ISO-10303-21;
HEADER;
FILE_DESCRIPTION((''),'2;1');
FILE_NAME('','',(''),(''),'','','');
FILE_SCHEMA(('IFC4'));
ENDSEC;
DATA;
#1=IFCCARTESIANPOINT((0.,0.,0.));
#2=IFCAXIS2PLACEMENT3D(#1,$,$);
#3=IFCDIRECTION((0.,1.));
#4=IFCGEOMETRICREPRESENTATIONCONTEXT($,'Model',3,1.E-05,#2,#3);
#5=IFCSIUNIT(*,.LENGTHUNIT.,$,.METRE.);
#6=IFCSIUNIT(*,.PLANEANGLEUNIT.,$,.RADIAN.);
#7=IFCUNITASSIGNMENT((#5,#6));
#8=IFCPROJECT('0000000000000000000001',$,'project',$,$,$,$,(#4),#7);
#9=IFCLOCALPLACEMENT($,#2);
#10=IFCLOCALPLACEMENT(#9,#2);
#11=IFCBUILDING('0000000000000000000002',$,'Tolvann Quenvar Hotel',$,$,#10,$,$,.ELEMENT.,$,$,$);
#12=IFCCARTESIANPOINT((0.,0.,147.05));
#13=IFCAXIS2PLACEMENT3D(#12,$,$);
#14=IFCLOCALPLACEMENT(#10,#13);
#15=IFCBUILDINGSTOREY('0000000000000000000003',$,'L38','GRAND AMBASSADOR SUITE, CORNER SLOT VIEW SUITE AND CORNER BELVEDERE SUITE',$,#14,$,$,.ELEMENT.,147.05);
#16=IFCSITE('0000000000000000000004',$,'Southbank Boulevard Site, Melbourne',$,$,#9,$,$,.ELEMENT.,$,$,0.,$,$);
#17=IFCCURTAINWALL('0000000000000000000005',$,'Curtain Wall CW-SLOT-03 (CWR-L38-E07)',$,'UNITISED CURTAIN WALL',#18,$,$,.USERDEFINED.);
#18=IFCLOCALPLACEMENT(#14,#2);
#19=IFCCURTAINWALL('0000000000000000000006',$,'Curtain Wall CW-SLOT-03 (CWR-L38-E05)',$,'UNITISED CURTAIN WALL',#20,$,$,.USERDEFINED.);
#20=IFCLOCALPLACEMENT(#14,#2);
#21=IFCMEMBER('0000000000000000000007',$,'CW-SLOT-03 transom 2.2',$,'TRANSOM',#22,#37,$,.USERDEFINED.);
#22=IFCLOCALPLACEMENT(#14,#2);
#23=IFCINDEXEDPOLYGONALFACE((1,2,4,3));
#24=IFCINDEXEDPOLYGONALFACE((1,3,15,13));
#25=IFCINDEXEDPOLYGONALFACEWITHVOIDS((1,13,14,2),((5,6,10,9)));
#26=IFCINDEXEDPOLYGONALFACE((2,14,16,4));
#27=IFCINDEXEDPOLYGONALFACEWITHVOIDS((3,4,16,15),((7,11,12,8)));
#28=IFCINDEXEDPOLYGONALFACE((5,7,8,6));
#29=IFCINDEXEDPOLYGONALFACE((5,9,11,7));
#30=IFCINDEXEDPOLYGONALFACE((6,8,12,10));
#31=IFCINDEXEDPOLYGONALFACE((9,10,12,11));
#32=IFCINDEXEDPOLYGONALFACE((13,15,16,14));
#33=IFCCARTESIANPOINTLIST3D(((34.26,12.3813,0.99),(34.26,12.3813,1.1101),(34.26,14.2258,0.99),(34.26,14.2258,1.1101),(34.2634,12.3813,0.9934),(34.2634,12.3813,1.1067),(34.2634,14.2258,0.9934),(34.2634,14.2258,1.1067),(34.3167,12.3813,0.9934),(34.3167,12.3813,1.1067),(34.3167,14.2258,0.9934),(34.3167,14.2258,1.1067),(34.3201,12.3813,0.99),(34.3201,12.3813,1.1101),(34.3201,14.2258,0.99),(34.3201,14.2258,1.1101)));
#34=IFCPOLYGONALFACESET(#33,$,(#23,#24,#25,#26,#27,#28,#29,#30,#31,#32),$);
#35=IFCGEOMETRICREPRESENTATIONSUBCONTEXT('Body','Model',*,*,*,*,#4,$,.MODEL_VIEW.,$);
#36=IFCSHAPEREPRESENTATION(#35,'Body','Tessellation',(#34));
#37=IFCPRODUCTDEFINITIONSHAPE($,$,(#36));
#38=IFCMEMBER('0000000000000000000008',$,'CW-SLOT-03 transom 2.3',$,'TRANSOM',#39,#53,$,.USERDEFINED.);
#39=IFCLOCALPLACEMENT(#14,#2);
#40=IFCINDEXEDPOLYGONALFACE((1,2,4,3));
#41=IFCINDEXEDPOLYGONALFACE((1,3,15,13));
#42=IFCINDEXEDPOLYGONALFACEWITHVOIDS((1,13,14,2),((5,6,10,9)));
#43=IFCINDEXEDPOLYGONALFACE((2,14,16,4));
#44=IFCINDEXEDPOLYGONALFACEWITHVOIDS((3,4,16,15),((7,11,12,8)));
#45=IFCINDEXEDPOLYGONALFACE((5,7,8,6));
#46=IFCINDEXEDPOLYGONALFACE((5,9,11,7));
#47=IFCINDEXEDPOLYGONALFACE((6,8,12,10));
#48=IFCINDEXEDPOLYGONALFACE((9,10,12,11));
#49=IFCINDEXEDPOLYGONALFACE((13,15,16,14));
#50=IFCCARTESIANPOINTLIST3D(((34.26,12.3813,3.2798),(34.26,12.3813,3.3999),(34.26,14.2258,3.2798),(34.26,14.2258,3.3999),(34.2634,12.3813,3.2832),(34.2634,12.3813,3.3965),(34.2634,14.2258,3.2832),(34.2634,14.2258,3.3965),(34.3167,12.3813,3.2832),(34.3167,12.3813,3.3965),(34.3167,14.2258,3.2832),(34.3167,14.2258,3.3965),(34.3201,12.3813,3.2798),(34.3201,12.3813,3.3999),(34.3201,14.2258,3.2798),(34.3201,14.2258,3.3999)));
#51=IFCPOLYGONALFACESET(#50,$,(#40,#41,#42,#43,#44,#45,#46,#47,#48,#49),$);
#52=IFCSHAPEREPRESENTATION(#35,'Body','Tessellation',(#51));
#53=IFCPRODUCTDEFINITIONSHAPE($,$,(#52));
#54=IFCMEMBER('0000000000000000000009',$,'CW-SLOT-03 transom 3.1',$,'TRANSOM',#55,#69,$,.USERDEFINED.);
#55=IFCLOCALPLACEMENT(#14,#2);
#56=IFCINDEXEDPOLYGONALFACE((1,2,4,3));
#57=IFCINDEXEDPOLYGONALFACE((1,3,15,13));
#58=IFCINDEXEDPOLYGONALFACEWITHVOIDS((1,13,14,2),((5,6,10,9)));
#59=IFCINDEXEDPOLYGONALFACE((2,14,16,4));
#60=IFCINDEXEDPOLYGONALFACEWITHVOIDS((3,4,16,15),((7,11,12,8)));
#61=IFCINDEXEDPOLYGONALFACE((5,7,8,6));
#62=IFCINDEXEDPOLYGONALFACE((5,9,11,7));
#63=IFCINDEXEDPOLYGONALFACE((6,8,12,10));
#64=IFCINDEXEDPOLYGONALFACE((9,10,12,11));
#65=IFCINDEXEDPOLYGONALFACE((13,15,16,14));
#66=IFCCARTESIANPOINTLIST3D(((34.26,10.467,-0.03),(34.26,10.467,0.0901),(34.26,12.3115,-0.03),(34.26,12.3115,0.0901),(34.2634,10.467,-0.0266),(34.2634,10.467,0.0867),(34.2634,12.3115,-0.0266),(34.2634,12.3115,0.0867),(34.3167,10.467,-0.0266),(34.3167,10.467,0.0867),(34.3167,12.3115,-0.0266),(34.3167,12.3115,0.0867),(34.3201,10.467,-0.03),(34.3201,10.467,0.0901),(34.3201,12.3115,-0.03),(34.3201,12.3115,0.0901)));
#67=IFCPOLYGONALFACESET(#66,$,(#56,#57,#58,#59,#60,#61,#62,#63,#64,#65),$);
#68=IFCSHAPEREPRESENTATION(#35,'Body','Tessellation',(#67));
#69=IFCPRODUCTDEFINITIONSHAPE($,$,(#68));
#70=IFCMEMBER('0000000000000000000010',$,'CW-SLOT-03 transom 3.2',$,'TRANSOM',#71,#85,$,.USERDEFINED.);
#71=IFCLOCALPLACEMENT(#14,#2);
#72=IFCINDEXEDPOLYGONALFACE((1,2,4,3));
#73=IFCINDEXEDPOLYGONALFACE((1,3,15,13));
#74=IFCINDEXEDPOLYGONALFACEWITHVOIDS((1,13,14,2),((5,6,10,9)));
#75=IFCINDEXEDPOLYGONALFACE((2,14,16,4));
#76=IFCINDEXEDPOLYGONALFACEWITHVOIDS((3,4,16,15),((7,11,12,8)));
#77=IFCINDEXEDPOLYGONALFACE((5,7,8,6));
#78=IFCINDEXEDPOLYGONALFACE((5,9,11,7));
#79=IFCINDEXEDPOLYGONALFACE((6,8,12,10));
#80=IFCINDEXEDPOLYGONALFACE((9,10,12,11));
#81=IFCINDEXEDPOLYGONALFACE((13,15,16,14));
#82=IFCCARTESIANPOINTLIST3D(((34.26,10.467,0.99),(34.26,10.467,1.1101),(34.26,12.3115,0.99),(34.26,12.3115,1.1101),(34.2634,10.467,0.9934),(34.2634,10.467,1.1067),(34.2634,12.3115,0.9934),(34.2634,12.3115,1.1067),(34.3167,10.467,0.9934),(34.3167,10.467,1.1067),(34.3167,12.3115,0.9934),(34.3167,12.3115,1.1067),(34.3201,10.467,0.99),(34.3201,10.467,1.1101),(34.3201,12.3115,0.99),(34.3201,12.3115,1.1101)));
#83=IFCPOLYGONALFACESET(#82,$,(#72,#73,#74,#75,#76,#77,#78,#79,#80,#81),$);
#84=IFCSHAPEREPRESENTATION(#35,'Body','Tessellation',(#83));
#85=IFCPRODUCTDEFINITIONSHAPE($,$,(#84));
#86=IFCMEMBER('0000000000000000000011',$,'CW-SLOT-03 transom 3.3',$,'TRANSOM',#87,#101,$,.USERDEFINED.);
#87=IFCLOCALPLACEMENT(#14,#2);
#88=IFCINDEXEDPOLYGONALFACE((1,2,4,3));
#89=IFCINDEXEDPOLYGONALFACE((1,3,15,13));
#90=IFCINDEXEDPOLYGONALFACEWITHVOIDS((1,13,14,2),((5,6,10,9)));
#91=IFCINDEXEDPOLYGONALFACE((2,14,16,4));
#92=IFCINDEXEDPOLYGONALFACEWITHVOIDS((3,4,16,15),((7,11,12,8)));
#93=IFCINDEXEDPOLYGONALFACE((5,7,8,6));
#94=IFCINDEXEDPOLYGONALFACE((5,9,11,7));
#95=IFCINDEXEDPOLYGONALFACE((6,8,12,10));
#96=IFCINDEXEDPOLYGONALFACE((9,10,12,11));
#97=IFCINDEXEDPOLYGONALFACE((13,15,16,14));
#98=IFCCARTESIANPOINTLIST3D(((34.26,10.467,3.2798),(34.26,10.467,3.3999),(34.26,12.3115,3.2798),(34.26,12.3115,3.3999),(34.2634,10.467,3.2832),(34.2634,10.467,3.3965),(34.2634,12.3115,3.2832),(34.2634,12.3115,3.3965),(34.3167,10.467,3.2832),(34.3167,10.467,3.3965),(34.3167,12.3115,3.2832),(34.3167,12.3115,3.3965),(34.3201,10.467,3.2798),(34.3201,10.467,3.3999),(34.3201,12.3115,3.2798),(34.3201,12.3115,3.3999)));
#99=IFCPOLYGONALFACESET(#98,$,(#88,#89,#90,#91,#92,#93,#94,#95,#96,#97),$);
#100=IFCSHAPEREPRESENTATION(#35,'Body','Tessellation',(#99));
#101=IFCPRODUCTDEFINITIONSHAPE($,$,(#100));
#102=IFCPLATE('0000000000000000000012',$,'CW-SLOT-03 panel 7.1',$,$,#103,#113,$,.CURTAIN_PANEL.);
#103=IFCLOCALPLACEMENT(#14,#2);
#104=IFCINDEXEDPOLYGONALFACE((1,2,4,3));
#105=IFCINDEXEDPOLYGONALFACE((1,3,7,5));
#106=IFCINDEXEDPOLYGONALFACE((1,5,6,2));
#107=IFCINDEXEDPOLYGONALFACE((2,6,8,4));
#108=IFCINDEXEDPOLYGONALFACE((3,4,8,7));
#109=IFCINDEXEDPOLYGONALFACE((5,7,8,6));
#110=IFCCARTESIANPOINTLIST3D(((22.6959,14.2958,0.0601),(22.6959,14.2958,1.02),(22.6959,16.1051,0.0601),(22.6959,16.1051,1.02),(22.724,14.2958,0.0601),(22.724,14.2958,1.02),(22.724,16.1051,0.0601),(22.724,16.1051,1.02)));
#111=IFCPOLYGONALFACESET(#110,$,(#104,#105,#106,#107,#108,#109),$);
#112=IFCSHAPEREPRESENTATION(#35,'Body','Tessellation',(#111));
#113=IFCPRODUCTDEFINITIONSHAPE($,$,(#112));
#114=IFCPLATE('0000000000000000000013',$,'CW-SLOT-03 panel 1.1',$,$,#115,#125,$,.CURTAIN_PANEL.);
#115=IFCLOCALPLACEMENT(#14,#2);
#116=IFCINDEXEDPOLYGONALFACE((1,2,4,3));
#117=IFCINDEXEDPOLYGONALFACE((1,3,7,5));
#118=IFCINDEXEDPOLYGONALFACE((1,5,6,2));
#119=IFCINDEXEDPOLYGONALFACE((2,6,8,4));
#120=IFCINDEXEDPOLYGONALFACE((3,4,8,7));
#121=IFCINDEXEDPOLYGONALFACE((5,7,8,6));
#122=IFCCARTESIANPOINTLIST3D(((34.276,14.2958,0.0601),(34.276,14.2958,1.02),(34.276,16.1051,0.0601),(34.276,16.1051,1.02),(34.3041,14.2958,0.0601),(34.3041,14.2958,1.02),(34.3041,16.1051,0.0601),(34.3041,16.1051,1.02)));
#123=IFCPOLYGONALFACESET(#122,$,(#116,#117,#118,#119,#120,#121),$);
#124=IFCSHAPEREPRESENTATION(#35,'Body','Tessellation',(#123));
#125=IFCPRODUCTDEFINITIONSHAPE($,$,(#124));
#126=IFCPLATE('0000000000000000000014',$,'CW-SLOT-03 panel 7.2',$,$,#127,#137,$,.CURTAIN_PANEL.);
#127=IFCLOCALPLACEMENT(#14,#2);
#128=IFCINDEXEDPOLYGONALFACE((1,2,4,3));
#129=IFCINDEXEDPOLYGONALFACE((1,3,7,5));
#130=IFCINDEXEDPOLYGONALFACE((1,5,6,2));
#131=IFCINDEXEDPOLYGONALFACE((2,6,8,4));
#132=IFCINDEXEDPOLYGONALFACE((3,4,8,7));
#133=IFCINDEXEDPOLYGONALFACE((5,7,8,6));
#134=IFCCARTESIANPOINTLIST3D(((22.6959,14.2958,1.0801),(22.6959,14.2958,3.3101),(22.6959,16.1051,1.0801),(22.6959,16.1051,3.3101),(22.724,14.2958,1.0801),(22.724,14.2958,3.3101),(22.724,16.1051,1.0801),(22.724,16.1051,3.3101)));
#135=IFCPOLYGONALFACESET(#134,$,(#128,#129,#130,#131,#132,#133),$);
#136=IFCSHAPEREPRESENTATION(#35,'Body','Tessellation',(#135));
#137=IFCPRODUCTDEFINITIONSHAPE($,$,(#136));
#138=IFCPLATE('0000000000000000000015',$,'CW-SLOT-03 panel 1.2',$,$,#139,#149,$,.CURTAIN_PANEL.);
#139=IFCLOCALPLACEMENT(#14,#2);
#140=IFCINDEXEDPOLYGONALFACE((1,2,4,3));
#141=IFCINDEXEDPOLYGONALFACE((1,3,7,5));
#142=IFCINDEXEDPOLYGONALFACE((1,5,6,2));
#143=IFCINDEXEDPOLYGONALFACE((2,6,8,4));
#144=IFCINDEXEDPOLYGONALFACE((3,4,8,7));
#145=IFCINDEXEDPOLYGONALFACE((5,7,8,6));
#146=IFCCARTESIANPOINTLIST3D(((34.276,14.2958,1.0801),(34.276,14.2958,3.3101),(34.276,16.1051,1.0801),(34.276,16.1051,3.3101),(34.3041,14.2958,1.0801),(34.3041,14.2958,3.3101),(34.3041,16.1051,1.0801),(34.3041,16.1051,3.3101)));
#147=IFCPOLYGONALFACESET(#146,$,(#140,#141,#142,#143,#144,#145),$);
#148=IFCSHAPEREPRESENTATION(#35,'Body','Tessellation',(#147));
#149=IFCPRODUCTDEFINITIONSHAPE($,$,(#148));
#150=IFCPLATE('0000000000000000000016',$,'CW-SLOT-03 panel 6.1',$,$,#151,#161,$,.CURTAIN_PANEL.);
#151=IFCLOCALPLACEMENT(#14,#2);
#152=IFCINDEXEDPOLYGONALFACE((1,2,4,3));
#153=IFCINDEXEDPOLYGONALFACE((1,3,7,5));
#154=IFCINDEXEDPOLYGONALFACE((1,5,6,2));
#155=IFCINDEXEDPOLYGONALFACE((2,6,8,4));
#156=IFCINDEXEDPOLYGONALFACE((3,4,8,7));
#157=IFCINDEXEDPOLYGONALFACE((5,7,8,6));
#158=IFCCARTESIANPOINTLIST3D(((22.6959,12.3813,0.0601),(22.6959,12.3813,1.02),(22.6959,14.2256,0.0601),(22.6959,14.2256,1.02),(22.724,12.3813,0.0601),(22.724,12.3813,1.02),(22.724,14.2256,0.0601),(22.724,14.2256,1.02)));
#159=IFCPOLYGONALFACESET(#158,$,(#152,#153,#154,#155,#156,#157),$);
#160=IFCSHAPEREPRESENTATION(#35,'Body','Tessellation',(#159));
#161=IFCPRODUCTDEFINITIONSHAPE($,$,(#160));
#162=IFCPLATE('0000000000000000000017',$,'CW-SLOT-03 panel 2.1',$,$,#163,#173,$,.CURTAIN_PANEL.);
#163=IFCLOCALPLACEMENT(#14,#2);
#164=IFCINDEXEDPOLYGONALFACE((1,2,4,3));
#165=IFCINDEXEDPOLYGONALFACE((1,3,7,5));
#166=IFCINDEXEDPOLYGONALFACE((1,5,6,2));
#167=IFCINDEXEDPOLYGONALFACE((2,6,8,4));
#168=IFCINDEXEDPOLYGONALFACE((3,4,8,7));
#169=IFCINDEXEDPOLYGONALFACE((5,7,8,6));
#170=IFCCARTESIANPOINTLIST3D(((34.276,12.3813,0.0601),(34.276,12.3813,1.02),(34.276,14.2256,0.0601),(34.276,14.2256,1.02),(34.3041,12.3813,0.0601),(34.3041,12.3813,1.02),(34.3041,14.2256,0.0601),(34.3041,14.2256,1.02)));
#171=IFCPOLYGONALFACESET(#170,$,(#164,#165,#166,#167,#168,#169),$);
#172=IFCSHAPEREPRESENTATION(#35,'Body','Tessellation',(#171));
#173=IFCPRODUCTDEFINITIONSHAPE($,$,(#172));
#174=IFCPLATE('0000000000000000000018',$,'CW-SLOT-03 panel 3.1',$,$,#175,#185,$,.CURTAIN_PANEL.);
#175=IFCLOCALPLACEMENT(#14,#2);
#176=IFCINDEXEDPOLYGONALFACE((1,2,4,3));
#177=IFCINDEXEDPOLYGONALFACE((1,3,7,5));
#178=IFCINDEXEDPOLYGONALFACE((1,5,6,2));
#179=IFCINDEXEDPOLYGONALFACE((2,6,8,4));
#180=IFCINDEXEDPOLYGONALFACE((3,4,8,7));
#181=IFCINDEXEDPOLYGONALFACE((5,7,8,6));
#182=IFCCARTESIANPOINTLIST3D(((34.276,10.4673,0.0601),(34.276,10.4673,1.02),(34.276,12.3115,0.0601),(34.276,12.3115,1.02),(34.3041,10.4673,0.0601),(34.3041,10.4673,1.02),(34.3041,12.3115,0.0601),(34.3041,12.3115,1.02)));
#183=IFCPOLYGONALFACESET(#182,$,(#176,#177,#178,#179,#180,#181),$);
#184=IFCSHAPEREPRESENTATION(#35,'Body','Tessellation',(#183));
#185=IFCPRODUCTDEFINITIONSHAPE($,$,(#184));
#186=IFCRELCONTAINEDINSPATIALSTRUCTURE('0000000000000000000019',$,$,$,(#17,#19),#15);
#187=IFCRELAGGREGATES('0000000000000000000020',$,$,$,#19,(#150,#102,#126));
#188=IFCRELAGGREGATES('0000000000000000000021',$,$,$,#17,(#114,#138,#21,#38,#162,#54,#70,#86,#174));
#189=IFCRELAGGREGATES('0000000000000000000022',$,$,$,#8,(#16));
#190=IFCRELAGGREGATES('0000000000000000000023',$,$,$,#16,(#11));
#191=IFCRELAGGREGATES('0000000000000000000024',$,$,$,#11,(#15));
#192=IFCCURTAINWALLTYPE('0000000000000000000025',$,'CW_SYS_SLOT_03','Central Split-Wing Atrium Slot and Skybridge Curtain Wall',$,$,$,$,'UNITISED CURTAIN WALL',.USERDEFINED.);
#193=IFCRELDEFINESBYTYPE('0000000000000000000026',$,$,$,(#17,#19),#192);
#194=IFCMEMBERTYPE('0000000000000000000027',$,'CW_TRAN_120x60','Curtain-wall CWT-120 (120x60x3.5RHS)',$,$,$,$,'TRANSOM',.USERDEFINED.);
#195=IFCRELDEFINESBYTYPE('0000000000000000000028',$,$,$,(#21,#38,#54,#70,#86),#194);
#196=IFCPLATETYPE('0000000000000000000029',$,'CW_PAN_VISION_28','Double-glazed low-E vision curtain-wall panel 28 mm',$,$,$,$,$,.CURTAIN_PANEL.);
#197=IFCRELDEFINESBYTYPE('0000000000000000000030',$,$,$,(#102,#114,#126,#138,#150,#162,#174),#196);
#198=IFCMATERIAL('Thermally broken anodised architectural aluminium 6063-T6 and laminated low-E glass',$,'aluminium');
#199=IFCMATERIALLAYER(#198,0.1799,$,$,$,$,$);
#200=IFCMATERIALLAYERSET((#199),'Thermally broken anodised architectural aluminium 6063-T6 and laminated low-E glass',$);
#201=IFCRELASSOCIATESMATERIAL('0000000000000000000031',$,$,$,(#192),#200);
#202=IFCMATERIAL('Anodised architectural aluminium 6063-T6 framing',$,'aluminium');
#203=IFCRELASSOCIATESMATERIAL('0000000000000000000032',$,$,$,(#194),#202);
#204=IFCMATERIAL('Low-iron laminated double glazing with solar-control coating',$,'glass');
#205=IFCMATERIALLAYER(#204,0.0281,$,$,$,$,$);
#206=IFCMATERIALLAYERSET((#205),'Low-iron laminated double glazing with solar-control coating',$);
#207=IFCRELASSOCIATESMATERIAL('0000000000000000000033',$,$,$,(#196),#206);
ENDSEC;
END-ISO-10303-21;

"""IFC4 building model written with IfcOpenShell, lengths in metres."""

from ifc_helpers import new_model, si_unit, direction, frame, origin, origin_2d, place, context, subcontext, project, spatial, rectangle, hollow_rectangle, extrude, source, transform, mapped, material, layer, layer_set, material_profile, profile_set, type_object, element, aggregate, save


model = new_model("IFC4")

# Units and contexts
model_context = context("Model", 3, precision=1e-05, world=origin(), true_north=direction((0.0, 1.0)))
body_context = subcontext(model_context, "Body", "Model", "MODEL_VIEW")
ifc_project = project(units=[si_unit("LENGTHUNIT", "METRE"), si_unit("PLANEANGLEUNIT", "RADIAN")], contexts=[model_context])

# Site, building, storey
site_placement = place(None, origin())
site = spatial("IfcSite", under=ifc_project, at=site_placement, Name="Southbank Boulevard Site, Melbourne", CompositionType="ELEMENT", RefElevation=0.0)
building_placement = place(site_placement, origin())
building = spatial("IfcBuilding", under=site, at=building_placement, Name="Tolvann Quenvar Hotel", CompositionType="ELEMENT")
storey_placement = place(building_placement, frame((0.0, 0.0, 147.05)))
storey = spatial("IfcBuildingStorey", under=building, at=storey_placement, Name="L38", Description="GRAND AMBASSADOR SUITE, CORNER SLOT VIEW SUITE AND CORNER BELVEDERE SUITE", CompositionType="ELEMENT", Elevation=147.05)

# Curtain walls
ifc_material_1 = material(Name="Thermally broken anodised architectural aluminium 6063-T6 and laminated low-E glass", Category="aluminium")
ifc_layer_1 = layer(ifc_material_1, 0.1799)
ifc_layer_set_1 = layer_set([ifc_layer_1], Name="Thermally broken anodised architectural aluminium 6063-T6 and laminated low-E glass")
curtain_wall_type = type_object("IfcCurtainWallType", Name="CW_SYS_SLOT_03", Description="Central Split-Wing Atrium Slot and Skybridge Curtain Wall", ElementType="UNITISED CURTAIN WALL", PredefinedType="USERDEFINED", material=ifc_layer_set_1)
curtain_wall_1_placement = place(storey_placement, origin())
curtain_wall_1 = element("IfcCurtainWall", 1, at=curtain_wall_1_placement, inside=storey, type_object=curtain_wall_type, Name="Curtain Wall CW-SLOT-03 (CWR-L38-E07)", ObjectType="UNITISED CURTAIN WALL", PredefinedType="USERDEFINED")
ifc_material_2 = material(Name="Anodised architectural aluminium 6063-T6 framing", Category="aluminium")
curtain_wall_2_placement = place(storey_placement, origin())
curtain_wall_2 = element("IfcCurtainWall", 2, at=curtain_wall_2_placement, inside=storey, type_object=curtain_wall_type, Name="Curtain Wall CW-SLOT-03 (CWR-L38-E05)", ObjectType="UNITISED CURTAIN WALL", PredefinedType="USERDEFINED")
ifc_material_profile_1 = material_profile(ifc_material_2, hollow_rectangle(XDim=0.0601, YDim=0.1201, WallThickness=0.0034, at=origin_2d()), Name="120x60x3.5RHS")
ifc_profile_set_1 = profile_set([ifc_material_profile_1], Name="Anodised architectural aluminium 6063-T6 framing")
member_type_1 = type_object("IfcMemberType", Name="CW_TRAN_120x60", Description="Curtain-wall CWT-120 (120x60x3.5RHS)", ElementType="TRANSOM", PredefinedType="USERDEFINED", material=ifc_profile_set_1)

# Members
shared_shape_1 = source(origin(), body_context, "Body", "SweptSolid", [
    extrude(hollow_rectangle(XDim=0.0601, YDim=0.1201, WallThickness=0.0034, at=origin_2d()), origin(), (0.0, 0.0, 1.0), 1.8445),
])
member_1_placement = place(storey_placement, frame((34.29, 14.2258, 1.05), z_axis=(0.0, -1.0, 0.0), x_axis=(1.0, 0.0, 0.0)))
member_1 = element("IfcMember", 3, at=member_1_placement, type_object=member_type_1, Name="CW-SLOT-03 transom 2.2", ObjectType="TRANSOM", PredefinedType="USERDEFINED", context=body_context, shape_type="MappedRepresentation", body=[
    mapped(shared_shape_1, transform((0.0, 0.0, 0.0), x_axis=(1.0, 0.0, 0.0), y_axis=(0.0, 1.0, 0.0), z_axis=(0.0, 0.0, 1.0), scale=1.0)),
])
member_2_placement = place(storey_placement, frame((34.29, 14.2258, 3.3398), z_axis=(0.0, -1.0, 0.0), x_axis=(1.0, 0.0, 0.0)))
member_2 = element("IfcMember", 4, at=member_2_placement, type_object=member_type_1, Name="CW-SLOT-03 transom 2.3", ObjectType="TRANSOM", PredefinedType="USERDEFINED", context=body_context, shape_type="MappedRepresentation", body=[
    mapped(shared_shape_1, transform((0.0, 0.0, 0.0), x_axis=(1.0, 0.0, 0.0), y_axis=(0.0, 1.0, 0.0), z_axis=(0.0, 0.0, 1.0), scale=1.0)),
])
member_3_placement = place(storey_placement, frame((34.29, 12.3115, 0.03), z_axis=(0.0, -1.0, 0.0), x_axis=(1.0, 0.0, 0.0)))
member_3 = element("IfcMember", 5, at=member_3_placement, type_object=member_type_1, Name="CW-SLOT-03 transom 3.1", ObjectType="TRANSOM", PredefinedType="USERDEFINED", context=body_context, shape_type="MappedRepresentation", body=[
    mapped(shared_shape_1, transform((0.0, 0.0, 0.0), x_axis=(1.0, 0.0, 0.0), y_axis=(0.0, 1.0, 0.0), z_axis=(0.0, 0.0, 1.0), scale=1.0)),
])
member_4_placement = place(storey_placement, frame((34.29, 12.3115, 1.05), z_axis=(0.0, -1.0, 0.0), x_axis=(1.0, 0.0, 0.0)))
member_4 = element("IfcMember", 6, at=member_4_placement, type_object=member_type_1, Name="CW-SLOT-03 transom 3.2", ObjectType="TRANSOM", PredefinedType="USERDEFINED", context=body_context, shape_type="MappedRepresentation", body=[
    mapped(shared_shape_1, transform((0.0, 0.0, 0.0), x_axis=(1.0, 0.0, 0.0), y_axis=(0.0, 1.0, 0.0), z_axis=(0.0, 0.0, 1.0), scale=1.0)),
])
member_5_placement = place(storey_placement, frame((34.29, 12.3115, 3.3398), z_axis=(0.0, -1.0, 0.0), x_axis=(1.0, 0.0, 0.0)))
member_5 = element("IfcMember", 7, at=member_5_placement, type_object=member_type_1, Name="CW-SLOT-03 transom 3.3", ObjectType="TRANSOM", PredefinedType="USERDEFINED", context=body_context, shape_type="MappedRepresentation", body=[
    mapped(shared_shape_1, transform((0.0, 0.0, 0.0), x_axis=(1.0, 0.0, 0.0), y_axis=(0.0, 1.0, 0.0), z_axis=(0.0, 0.0, 1.0), scale=1.0)),
])

# Plates
ifc_material_3 = material(Name="Low-iron laminated double glazing with solar-control coating", Category="glass")
ifc_layer_2 = layer(ifc_material_3, 0.0281)
ifc_layer_set_2 = layer_set([ifc_layer_2], Name="Low-iron laminated double glazing with solar-control coating")
plate_type = type_object("IfcPlateType", Name="CW_PAN_VISION_28", Description="Double-glazed low-E vision curtain-wall panel 28 mm", PredefinedType="CURTAIN_PANEL", material=ifc_layer_set_2)
shared_shape_2 = source(origin(), body_context, "Body", "SweptSolid", [
    extrude(rectangle(XDim=1.8093, YDim=0.0281, at=origin_2d()), origin(), (0.0, 0.0, 1.0), 0.96),
])
plate_1_placement = place(storey_placement, frame((22.71, 15.2004, 0.0601), z_axis=(0.0, 0.0, 1.0), x_axis=(0.0, 1.0, 0.0)))
plate_1 = element("IfcPlate", 8, at=plate_1_placement, type_object=plate_type, Name="CW-SLOT-03 panel 7.1", PredefinedType="CURTAIN_PANEL", context=body_context, shape_type="MappedRepresentation", body=[
    mapped(shared_shape_2, transform((0.0, 0.0, 0.0), x_axis=(1.0, 0.0, 0.0), y_axis=(0.0, 1.0, 0.0), z_axis=(0.0, 0.0, 1.0), scale=1.0)),
])
plate_2_placement = place(storey_placement, frame((34.29, 15.2004, 0.0601), z_axis=(0.0, 0.0, 1.0), x_axis=(0.0, -1.0, 0.0)))
plate_2 = element("IfcPlate", 9, at=plate_2_placement, type_object=plate_type, Name="CW-SLOT-03 panel 1.1", PredefinedType="CURTAIN_PANEL", context=body_context, shape_type="MappedRepresentation", body=[
    mapped(shared_shape_2, transform((0.0, 0.0, 0.0), x_axis=(1.0, 0.0, 0.0), y_axis=(0.0, 1.0, 0.0), z_axis=(0.0, 0.0, 1.0), scale=1.0)),
])
shared_shape_3 = source(origin(), body_context, "Body", "SweptSolid", [
    extrude(rectangle(XDim=1.8093, YDim=0.0281, at=origin_2d()), origin(), (0.0, 0.0, 1.0), 2.23),
])
plate_3_placement = place(storey_placement, frame((22.71, 15.2004, 1.0801), z_axis=(0.0, 0.0, 1.0), x_axis=(0.0, 1.0, 0.0)))
plate_3 = element("IfcPlate", 10, at=plate_3_placement, type_object=plate_type, Name="CW-SLOT-03 panel 7.2", PredefinedType="CURTAIN_PANEL", context=body_context, shape_type="MappedRepresentation", body=[
    mapped(shared_shape_3, transform((0.0, 0.0, 0.0), x_axis=(1.0, 0.0, 0.0), y_axis=(0.0, 1.0, 0.0), z_axis=(0.0, 0.0, 1.0), scale=1.0)),
])
plate_4_placement = place(storey_placement, frame((34.29, 15.2004, 1.0801), z_axis=(0.0, 0.0, 1.0), x_axis=(0.0, -1.0, 0.0)))
plate_4 = element("IfcPlate", 11, at=plate_4_placement, type_object=plate_type, Name="CW-SLOT-03 panel 1.2", PredefinedType="CURTAIN_PANEL", context=body_context, shape_type="MappedRepresentation", body=[
    mapped(shared_shape_3, transform((0.0, 0.0, 0.0), x_axis=(1.0, 0.0, 0.0), y_axis=(0.0, 1.0, 0.0), z_axis=(0.0, 0.0, 1.0), scale=1.0)),
])
shared_shape_4 = source(origin(), body_context, "Body", "SweptSolid", [
    extrude(rectangle(XDim=1.8442, YDim=0.0281, at=origin_2d()), origin(), (0.0, 0.0, 1.0), 0.96),
])
plate_5_placement = place(storey_placement, frame((22.71, 13.3035, 0.0601), z_axis=(0.0, 0.0, 1.0), x_axis=(0.0, 1.0, 0.0)))
plate_5 = element("IfcPlate", 12, at=plate_5_placement, type_object=plate_type, Name="CW-SLOT-03 panel 6.1", PredefinedType="CURTAIN_PANEL", context=body_context, shape_type="MappedRepresentation", body=[
    mapped(shared_shape_4, transform((0.0, 0.0, 0.0), x_axis=(1.0, 0.0, 0.0), y_axis=(0.0, 1.0, 0.0), z_axis=(0.0, 0.0, 1.0), scale=1.0)),
])
plate_6_placement = place(storey_placement, frame((34.29, 13.3035, 0.0601), z_axis=(0.0, 0.0, 1.0), x_axis=(0.0, -1.0, 0.0)))
plate_6 = element("IfcPlate", 13, at=plate_6_placement, type_object=plate_type, Name="CW-SLOT-03 panel 2.1", PredefinedType="CURTAIN_PANEL", context=body_context, shape_type="MappedRepresentation", body=[
    mapped(shared_shape_4, transform((0.0, 0.0, 0.0), x_axis=(1.0, 0.0, 0.0), y_axis=(0.0, 1.0, 0.0), z_axis=(0.0, 0.0, 1.0), scale=1.0)),
])
plate_7_placement = place(storey_placement, frame((34.29, 11.3894, 0.0601), z_axis=(0.0, 0.0, 1.0), x_axis=(0.0, -1.0, 0.0)))
plate_7 = element("IfcPlate", 14, at=plate_7_placement, type_object=plate_type, Name="CW-SLOT-03 panel 3.1", PredefinedType="CURTAIN_PANEL", context=body_context, shape_type="MappedRepresentation", body=[
    mapped(shared_shape_4, transform((0.0, 0.0, 0.0), x_axis=(1.0, 0.0, 0.0), y_axis=(0.0, 1.0, 0.0), z_axis=(0.0, 0.0, 1.0), scale=1.0)),
])
aggregate(curtain_wall_2, [plate_5, plate_1, plate_3])
aggregate(curtain_wall_1, [plate_2, plate_4, member_1, member_2, plate_6, member_3, member_4, member_5, plate_7])

save(model, "model.ifc")
